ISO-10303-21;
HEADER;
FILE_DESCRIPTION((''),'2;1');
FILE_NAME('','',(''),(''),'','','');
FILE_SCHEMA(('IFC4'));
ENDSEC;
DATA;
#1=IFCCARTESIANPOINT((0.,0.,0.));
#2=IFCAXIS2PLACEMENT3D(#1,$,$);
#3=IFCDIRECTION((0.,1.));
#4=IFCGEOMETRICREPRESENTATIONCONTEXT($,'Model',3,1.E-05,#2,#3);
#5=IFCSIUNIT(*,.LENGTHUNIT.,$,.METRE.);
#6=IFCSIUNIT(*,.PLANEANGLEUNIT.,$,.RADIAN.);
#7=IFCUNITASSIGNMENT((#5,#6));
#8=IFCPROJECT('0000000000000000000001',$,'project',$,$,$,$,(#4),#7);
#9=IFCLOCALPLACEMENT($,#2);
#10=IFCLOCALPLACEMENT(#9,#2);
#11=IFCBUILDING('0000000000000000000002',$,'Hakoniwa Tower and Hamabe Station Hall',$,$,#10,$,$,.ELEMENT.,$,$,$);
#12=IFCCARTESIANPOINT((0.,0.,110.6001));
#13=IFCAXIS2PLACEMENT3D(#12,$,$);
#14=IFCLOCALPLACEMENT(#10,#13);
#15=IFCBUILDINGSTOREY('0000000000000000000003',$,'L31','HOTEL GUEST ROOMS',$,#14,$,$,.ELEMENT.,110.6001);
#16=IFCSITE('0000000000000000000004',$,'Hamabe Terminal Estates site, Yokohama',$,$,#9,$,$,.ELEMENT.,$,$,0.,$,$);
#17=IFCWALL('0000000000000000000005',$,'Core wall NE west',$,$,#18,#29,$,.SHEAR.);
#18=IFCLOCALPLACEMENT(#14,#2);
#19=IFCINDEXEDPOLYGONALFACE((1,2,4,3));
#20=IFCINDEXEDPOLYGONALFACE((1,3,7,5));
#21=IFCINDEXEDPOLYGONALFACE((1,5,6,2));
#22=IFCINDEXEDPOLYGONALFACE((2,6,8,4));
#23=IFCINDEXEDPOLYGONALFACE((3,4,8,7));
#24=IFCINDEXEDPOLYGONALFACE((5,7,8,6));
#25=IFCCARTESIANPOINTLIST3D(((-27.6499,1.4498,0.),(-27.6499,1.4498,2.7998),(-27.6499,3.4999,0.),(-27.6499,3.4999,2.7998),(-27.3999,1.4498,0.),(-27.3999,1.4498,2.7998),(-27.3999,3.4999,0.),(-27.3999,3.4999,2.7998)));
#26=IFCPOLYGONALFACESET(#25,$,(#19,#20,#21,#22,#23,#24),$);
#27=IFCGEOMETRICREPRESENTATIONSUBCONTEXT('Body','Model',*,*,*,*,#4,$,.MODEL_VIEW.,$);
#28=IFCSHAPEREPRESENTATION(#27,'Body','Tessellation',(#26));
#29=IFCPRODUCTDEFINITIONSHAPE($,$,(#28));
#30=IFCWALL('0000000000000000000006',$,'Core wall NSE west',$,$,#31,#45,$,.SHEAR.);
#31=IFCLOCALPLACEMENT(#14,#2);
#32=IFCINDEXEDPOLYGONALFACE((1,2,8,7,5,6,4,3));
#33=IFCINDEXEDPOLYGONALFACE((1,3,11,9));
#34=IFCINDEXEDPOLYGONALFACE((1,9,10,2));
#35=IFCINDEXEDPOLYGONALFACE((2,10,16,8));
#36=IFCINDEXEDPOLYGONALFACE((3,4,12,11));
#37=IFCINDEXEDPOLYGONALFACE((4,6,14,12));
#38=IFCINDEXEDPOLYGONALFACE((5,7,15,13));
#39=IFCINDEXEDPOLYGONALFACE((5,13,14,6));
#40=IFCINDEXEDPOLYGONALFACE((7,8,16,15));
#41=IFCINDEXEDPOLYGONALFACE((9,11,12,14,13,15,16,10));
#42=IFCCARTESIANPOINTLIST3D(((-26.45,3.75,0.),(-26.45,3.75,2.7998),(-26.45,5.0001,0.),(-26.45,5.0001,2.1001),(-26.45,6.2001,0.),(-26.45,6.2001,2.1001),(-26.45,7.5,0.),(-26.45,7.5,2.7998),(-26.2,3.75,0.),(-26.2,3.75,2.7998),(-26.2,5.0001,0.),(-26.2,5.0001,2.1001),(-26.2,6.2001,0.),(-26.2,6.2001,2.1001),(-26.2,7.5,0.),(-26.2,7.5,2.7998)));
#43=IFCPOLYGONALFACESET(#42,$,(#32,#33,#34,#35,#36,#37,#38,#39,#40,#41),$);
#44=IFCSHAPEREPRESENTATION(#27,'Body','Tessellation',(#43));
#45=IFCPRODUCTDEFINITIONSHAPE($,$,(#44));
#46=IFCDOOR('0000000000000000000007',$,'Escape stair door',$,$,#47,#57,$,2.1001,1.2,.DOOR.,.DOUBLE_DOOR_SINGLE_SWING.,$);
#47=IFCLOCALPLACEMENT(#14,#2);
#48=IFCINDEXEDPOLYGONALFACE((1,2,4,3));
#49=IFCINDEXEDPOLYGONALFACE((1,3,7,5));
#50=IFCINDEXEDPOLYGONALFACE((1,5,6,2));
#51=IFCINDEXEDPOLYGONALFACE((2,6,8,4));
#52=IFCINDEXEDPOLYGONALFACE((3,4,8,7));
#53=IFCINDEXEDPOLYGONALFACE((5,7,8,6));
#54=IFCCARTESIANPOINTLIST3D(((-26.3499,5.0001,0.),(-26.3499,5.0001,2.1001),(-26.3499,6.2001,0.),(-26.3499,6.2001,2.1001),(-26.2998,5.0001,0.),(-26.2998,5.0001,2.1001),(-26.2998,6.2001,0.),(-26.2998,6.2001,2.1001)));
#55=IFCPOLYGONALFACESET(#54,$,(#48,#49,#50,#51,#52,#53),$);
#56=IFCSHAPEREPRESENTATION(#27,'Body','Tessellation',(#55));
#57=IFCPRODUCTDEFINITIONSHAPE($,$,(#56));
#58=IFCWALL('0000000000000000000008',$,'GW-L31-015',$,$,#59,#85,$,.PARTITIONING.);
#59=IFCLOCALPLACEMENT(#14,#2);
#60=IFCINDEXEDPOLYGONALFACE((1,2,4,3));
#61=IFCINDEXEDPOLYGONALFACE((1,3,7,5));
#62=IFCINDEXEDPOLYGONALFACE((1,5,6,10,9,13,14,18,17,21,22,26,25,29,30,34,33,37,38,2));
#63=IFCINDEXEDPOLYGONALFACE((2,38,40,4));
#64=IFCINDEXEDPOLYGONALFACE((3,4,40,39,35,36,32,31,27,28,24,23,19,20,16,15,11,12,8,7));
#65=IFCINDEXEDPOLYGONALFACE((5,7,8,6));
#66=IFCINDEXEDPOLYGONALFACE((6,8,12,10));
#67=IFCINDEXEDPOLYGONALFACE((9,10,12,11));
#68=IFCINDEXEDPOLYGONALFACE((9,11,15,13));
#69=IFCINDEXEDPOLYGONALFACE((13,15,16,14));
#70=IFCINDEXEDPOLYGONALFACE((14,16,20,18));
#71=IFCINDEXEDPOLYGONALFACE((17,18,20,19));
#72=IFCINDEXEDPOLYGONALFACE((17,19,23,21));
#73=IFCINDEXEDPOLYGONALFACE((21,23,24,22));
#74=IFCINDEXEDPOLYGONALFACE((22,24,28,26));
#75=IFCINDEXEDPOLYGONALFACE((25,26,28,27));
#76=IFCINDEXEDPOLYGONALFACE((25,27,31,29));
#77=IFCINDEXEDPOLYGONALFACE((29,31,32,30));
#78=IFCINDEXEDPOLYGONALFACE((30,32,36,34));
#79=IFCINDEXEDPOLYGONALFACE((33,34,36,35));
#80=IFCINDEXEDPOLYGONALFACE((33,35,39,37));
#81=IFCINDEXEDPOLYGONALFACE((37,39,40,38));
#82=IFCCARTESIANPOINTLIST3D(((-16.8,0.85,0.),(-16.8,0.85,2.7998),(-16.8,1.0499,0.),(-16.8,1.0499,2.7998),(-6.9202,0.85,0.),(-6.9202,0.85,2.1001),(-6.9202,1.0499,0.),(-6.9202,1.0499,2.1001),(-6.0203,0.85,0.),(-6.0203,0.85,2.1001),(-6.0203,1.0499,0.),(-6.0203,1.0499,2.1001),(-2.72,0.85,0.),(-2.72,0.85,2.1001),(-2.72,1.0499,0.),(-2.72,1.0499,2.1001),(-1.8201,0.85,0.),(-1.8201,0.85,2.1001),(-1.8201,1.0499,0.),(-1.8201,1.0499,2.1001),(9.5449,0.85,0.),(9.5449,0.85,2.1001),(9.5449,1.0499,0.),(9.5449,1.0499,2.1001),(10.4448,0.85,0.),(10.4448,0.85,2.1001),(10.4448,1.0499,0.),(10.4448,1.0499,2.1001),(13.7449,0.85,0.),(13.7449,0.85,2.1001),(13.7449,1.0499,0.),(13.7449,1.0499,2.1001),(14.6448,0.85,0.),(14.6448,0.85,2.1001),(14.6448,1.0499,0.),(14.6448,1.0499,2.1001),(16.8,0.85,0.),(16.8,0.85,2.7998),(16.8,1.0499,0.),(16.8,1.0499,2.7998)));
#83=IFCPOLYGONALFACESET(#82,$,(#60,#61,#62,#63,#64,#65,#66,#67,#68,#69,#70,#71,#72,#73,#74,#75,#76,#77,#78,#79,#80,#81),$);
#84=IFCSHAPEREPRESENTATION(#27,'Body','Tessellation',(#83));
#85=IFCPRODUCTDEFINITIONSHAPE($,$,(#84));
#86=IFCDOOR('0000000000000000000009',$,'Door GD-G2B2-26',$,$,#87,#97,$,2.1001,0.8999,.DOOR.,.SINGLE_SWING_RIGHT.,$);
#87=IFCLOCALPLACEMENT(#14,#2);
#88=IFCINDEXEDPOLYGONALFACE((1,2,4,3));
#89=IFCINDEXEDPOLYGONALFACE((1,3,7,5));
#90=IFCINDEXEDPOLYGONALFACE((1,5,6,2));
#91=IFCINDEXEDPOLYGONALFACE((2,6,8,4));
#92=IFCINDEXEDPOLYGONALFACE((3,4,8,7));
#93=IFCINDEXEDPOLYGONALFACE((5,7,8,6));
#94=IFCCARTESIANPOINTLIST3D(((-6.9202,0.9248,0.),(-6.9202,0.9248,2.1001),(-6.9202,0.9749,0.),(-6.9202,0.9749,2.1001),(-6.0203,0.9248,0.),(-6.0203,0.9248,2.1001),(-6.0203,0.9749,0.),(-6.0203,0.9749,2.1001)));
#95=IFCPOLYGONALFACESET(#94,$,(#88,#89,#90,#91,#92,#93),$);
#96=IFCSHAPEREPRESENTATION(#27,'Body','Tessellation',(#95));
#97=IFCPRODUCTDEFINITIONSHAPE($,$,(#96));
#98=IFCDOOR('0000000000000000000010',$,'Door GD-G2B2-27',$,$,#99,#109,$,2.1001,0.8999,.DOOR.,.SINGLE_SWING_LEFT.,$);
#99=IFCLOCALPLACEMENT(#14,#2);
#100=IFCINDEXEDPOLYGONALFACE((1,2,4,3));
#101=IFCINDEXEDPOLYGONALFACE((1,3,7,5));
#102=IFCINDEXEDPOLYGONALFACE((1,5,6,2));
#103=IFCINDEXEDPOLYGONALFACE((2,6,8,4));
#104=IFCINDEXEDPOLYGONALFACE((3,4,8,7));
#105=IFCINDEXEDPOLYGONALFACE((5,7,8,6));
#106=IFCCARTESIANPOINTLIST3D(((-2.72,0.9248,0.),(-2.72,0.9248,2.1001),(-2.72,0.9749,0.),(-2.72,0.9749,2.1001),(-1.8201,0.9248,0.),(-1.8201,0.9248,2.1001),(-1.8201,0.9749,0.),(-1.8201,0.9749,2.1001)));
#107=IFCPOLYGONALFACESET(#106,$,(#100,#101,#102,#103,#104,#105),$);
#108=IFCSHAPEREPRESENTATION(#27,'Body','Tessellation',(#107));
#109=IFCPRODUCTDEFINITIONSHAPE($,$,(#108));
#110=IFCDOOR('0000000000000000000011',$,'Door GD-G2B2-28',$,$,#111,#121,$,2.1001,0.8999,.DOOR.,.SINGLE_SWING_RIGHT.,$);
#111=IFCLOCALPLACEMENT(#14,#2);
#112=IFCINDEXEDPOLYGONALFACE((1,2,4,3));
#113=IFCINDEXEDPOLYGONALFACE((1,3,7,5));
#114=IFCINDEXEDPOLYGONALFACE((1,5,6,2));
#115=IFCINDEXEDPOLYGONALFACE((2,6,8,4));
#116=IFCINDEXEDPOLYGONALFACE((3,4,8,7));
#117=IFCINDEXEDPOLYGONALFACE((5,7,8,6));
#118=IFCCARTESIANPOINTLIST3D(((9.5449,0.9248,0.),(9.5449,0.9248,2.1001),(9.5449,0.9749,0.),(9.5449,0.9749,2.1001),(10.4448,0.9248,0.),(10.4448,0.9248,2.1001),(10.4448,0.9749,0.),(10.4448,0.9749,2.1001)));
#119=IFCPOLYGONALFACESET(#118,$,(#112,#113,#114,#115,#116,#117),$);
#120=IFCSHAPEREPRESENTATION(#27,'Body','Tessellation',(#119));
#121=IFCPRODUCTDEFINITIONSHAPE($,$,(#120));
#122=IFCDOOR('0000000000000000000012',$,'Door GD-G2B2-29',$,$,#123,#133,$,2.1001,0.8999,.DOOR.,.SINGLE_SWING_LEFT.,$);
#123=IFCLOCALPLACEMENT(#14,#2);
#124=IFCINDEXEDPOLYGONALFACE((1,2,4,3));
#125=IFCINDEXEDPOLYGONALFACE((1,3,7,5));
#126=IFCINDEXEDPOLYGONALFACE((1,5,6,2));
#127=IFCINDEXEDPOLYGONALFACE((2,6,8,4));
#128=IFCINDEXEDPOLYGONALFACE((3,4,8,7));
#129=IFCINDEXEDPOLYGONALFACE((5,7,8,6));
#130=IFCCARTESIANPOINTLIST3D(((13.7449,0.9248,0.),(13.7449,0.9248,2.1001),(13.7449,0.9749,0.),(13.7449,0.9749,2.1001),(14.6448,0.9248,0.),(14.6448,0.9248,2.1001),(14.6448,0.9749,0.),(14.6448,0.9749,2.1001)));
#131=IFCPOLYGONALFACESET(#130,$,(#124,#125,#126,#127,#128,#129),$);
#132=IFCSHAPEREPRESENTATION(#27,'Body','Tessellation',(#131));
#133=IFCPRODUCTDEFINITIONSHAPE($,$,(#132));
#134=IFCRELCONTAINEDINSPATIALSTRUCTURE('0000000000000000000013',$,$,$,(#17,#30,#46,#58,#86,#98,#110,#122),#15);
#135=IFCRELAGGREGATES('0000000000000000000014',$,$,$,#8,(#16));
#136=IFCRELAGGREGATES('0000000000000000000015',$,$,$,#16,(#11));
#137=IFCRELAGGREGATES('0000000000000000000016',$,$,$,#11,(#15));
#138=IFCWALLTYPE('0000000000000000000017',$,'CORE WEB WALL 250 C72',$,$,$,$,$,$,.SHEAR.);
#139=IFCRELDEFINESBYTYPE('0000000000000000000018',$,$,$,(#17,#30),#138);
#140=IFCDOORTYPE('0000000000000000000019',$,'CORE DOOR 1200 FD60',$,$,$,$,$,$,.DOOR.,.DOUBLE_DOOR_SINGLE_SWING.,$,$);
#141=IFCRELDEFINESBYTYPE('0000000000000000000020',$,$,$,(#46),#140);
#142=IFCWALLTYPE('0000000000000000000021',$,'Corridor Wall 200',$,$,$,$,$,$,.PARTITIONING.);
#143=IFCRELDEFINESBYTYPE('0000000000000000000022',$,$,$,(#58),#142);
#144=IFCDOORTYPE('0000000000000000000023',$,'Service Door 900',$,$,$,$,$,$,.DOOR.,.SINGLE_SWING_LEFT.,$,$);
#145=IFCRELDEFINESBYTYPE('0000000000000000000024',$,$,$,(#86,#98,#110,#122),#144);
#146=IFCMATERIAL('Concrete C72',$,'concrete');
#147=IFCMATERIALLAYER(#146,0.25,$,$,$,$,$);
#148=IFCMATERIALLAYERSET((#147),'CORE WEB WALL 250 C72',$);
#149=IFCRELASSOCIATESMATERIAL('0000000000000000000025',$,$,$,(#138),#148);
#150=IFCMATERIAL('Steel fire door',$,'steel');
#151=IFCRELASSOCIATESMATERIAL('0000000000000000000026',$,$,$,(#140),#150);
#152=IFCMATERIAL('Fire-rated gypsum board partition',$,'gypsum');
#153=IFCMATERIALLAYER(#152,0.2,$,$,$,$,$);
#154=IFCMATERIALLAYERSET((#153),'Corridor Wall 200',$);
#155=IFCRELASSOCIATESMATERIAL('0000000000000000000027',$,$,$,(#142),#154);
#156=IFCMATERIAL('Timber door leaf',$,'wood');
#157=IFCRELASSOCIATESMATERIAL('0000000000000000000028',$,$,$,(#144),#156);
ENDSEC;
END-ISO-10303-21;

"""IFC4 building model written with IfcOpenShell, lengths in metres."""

from ifc_helpers import new_model, si_unit, direction, frame, frame_2d, origin, place, context, subcontext, project, spatial, rectangle, extrude, material, layer, layer_set, type_object, element, fill, save


model = new_model("IFC4")

# Units and contexts
model_context = context("Model", 3, precision=1e-05, world=origin(), true_north=direction((0.0, 1.0)))
body_context = subcontext(model_context, "Body", "Model", "MODEL_VIEW")
ifc_project = project(units=[si_unit("LENGTHUNIT", "METRE"), si_unit("PLANEANGLEUNIT", "RADIAN")], contexts=[model_context])

# Site, building, storey
site_placement = place(None, origin())
site = spatial("IfcSite", under=ifc_project, at=site_placement, Name="Hamabe Terminal Estates site, Yokohama", CompositionType="ELEMENT", RefElevation=0.0)
building_placement = place(site_placement, origin())
building = spatial("IfcBuilding", under=site, at=building_placement, Name="Hakoniwa Tower and Hamabe Station Hall", CompositionType="ELEMENT")
storey_placement = place(building_placement, frame((0.0, 0.0, 110.6001)))
storey = spatial("IfcBuildingStorey", under=building, at=storey_placement, Name="L31", Description="HOTEL GUEST ROOMS", CompositionType="ELEMENT", Elevation=110.6001)

# Wall
ifc_material_1 = material(Name="Concrete C72", Category="concrete")
ifc_layer_1 = layer(ifc_material_1, 0.25)
ifc_layer_set_1 = layer_set([ifc_layer_1], Name="CORE WEB WALL 250 C72")
wall_type_1 = type_object("IfcWallType", Name="CORE WEB WALL 250 C72", PredefinedType="SHEAR", material=ifc_layer_set_1)
wall_1_placement = place(storey_placement, frame((-27.5249, 1.45, 0.0), z_axis=(0.0, 0.0, 1.0), x_axis=(0.0, 1.0, 0.0)))
element("IfcWall", 1, at=wall_1_placement, inside=storey, type_object=wall_type_1, Name="Core wall NE west", PredefinedType="SHEAR", context=body_context, shape_type="SweptSolid", body=[
    extrude(rectangle(XDim=2.05, YDim=0.25, at=frame_2d((1.0249, 0.0))), origin(), (0.0, 0.0, 1.0), 2.7998),
])

# Wall, opening, door
wall_2_placement = place(storey_placement, frame((-26.325, 3.75, 0.0), z_axis=(0.0, 0.0, 1.0), x_axis=(0.0, 1.0, 0.0)))
wall_2 = element("IfcWall", 2, at=wall_2_placement, inside=storey, type_object=wall_type_1, Name="Core wall NSE west", PredefinedType="SHEAR", context=body_context, shape_type="SweptSolid", body=[
    extrude(rectangle(XDim=3.75, YDim=0.25, at=frame_2d((1.875, 0.0))), origin(), (0.0, 0.0, 1.0), 2.7998),
])
opening_1_placement = place(wall_2_placement, frame((1.25, 0.0, 0.0)))
opening_1 = element("IfcOpeningElement", 3, at=opening_1_placement, cuts=wall_2, PredefinedType="OPENING", context=body_context, shape_type="SweptSolid", body=[
    extrude(rectangle(XDim=1.2, YDim=2.1001, at=frame_2d((0.6001, 1.05))), frame((0.0, 0.135, 0.0), z_axis=(0.0, -1.0, 0.0), x_axis=(1.0, 0.0, 0.0)), (0.0, 0.0, 1.0), 0.27),
])
ifc_material_2 = material(Name="Steel fire door", Category="steel")
door_type_1 = type_object("IfcDoorType", Name="CORE DOOR 1200 FD60", OperationType="DOUBLE_DOOR_SINGLE_SWING", PredefinedType="DOOR", material=ifc_material_2)
door_1_placement = place(opening_1_placement, origin())
door_1 = element("IfcDoor", 4, at=door_1_placement, inside=storey, type_object=door_type_1, Name="Escape stair door", OperationType="DOUBLE_DOOR_SINGLE_SWING", OverallHeight=2.1001, OverallWidth=1.2, PredefinedType="DOOR", context=body_context, shape_type="SweptSolid", body=[
    extrude(rectangle(XDim=1.2, YDim=2.1001, at=frame_2d((0.6001, 1.05))), frame((0.0, 0.0249, 0.0), z_axis=(0.0, -1.0, 0.0), x_axis=(1.0, 0.0, 0.0)), (0.0, 0.0, 1.0), 0.05),
])
fill(opening_1, door_1)

# Wall, openings, doors
ifc_material_3 = material(Name="Fire-rated gypsum board partition", Category="gypsum")
ifc_layer_2 = layer(ifc_material_3, 0.2)
ifc_layer_set_2 = layer_set([ifc_layer_2], Name="Corridor Wall 200")
wall_type_2 = type_object("IfcWallType", Name="Corridor Wall 200", PredefinedType="PARTITIONING", material=ifc_layer_set_2)
wall_3_placement = place(storey_placement, frame((-16.8, 0.95, 0.0), z_axis=(0.0, 0.0, 1.0), x_axis=(1.0, 0.0, 0.0)))
wall_3 = element("IfcWall", 5, at=wall_3_placement, inside=storey, type_object=wall_type_2, Name="GW-L31-015", PredefinedType="PARTITIONING", context=body_context, shape_type="SweptSolid", body=[
    extrude(rectangle(XDim=33.6001, YDim=0.2, at=frame_2d((16.8, 0.0))), origin(), (0.0, 0.0, 1.0), 2.7998),
])
opening_2_placement = place(wall_3_placement, frame((9.8799, 0.0, 0.0)))
opening_2 = element("IfcOpeningElement", 6, at=opening_2_placement, cuts=wall_3, PredefinedType="OPENING", context=body_context, shape_type="SweptSolid", body=[
    extrude(rectangle(XDim=0.8999, YDim=2.1001, at=frame_2d((0.45, 1.05))), frame((0.0, 0.1099, 0.0), z_axis=(0.0, -1.0, 0.0), x_axis=(1.0, 0.0, 0.0)), (0.0, 0.0, 1.0), 0.22),
])
opening_3_placement = place(wall_3_placement, frame((14.0801, 0.0, 0.0)))
opening_3 = element("IfcOpeningElement", 7, at=opening_3_placement, cuts=wall_3, PredefinedType="OPENING", context=body_context, shape_type="SweptSolid", body=[
    extrude(rectangle(XDim=0.8999, YDim=2.1001, at=frame_2d((0.45, 1.05))), frame((0.0, 0.1099, 0.0), z_axis=(0.0, -1.0, 0.0), x_axis=(1.0, 0.0, 0.0)), (0.0, 0.0, 1.0), 0.22),
])
opening_4_placement = place(wall_3_placement, frame((26.345, 0.0, 0.0)))
opening_4 = element("IfcOpeningElement", 8, at=opening_4_placement, cuts=wall_3, PredefinedType="OPENING", context=body_context, shape_type="SweptSolid", body=[
    extrude(rectangle(XDim=0.8999, YDim=2.1001, at=frame_2d((0.45, 1.05))), frame((0.0, 0.1099, 0.0), z_axis=(0.0, -1.0, 0.0), x_axis=(1.0, 0.0, 0.0)), (0.0, 0.0, 1.0), 0.22),
])
opening_5_placement = place(wall_3_placement, frame((30.5449, 0.0, 0.0)))
opening_5 = element("IfcOpeningElement", 9, at=opening_5_placement, cuts=wall_3, PredefinedType="OPENING", context=body_context, shape_type="SweptSolid", body=[
    extrude(rectangle(XDim=0.8999, YDim=2.1001, at=frame_2d((0.45, 1.05))), frame((0.0, 0.1099, 0.0), z_axis=(0.0, -1.0, 0.0), x_axis=(1.0, 0.0, 0.0)), (0.0, 0.0, 1.0), 0.22),
])
ifc_material_4 = material(Name="Timber door leaf", Category="wood")
door_type_2 = type_object("IfcDoorType", Name="Service Door 900", OperationType="SINGLE_SWING_LEFT", PredefinedType="DOOR", material=ifc_material_4)
door_2_placement = place(opening_2_placement, origin())
door_2 = element("IfcDoor", 10, at=door_2_placement, inside=storey, type_object=door_type_2, Name="Door GD-G2B2-26", OperationType="SINGLE_SWING_RIGHT", OverallHeight=2.1001, OverallWidth=0.8999, PredefinedType="DOOR", context=body_context, shape_type="SweptSolid", body=[
    extrude(rectangle(XDim=0.8999, YDim=2.1001, at=frame_2d((0.45, 1.05))), frame((0.0, 0.0249, 0.0), z_axis=(0.0, -1.0, 0.0), x_axis=(1.0, 0.0, 0.0)), (0.0, 0.0, 1.0), 0.05),
])
fill(opening_2, door_2)
door_3_placement = place(opening_3_placement, origin())
door_3 = element("IfcDoor", 11, at=door_3_placement, inside=storey, type_object=door_type_2, Name="Door GD-G2B2-27", OperationType="SINGLE_SWING_LEFT", OverallHeight=2.1001, OverallWidth=0.8999, PredefinedType="DOOR", context=body_context, shape_type="SweptSolid", body=[
    extrude(rectangle(XDim=0.8999, YDim=2.1001, at=frame_2d((0.45, 1.05))), frame((0.0, 0.0249, 0.0), z_axis=(0.0, -1.0, 0.0), x_axis=(1.0, 0.0, 0.0)), (0.0, 0.0, 1.0), 0.05),
])
fill(opening_3, door_3)
door_4_placement = place(opening_4_placement, origin())
door_4 = element("IfcDoor", 12, at=door_4_placement, inside=storey, type_object=door_type_2, Name="Door GD-G2B2-28", OperationType="SINGLE_SWING_RIGHT", OverallHeight=2.1001, OverallWidth=0.8999, PredefinedType="DOOR", context=body_context, shape_type="SweptSolid", body=[
    extrude(rectangle(XDim=0.8999, YDim=2.1001, at=frame_2d((0.45, 1.05))), frame((0.0, 0.0249, 0.0), z_axis=(0.0, -1.0, 0.0), x_axis=(1.0, 0.0, 0.0)), (0.0, 0.0, 1.0), 0.05),
])
fill(opening_4, door_4)
door_5_placement = place(opening_5_placement, origin())
door_5 = element("IfcDoor", 13, at=door_5_placement, inside=storey, type_object=door_type_2, Name="Door GD-G2B2-29", OperationType="SINGLE_SWING_LEFT", OverallHeight=2.1001, OverallWidth=0.8999, PredefinedType="DOOR", context=body_context, shape_type="SweptSolid", body=[
    extrude(rectangle(XDim=0.8999, YDim=2.1001, at=frame_2d((0.45, 1.05))), frame((0.0, 0.0249, 0.0), z_axis=(0.0, -1.0, 0.0), x_axis=(1.0, 0.0, 0.0)), (0.0, 0.0, 1.0), 0.05),
])
fill(opening_5, door_5)

save(model, "model.ifc")
